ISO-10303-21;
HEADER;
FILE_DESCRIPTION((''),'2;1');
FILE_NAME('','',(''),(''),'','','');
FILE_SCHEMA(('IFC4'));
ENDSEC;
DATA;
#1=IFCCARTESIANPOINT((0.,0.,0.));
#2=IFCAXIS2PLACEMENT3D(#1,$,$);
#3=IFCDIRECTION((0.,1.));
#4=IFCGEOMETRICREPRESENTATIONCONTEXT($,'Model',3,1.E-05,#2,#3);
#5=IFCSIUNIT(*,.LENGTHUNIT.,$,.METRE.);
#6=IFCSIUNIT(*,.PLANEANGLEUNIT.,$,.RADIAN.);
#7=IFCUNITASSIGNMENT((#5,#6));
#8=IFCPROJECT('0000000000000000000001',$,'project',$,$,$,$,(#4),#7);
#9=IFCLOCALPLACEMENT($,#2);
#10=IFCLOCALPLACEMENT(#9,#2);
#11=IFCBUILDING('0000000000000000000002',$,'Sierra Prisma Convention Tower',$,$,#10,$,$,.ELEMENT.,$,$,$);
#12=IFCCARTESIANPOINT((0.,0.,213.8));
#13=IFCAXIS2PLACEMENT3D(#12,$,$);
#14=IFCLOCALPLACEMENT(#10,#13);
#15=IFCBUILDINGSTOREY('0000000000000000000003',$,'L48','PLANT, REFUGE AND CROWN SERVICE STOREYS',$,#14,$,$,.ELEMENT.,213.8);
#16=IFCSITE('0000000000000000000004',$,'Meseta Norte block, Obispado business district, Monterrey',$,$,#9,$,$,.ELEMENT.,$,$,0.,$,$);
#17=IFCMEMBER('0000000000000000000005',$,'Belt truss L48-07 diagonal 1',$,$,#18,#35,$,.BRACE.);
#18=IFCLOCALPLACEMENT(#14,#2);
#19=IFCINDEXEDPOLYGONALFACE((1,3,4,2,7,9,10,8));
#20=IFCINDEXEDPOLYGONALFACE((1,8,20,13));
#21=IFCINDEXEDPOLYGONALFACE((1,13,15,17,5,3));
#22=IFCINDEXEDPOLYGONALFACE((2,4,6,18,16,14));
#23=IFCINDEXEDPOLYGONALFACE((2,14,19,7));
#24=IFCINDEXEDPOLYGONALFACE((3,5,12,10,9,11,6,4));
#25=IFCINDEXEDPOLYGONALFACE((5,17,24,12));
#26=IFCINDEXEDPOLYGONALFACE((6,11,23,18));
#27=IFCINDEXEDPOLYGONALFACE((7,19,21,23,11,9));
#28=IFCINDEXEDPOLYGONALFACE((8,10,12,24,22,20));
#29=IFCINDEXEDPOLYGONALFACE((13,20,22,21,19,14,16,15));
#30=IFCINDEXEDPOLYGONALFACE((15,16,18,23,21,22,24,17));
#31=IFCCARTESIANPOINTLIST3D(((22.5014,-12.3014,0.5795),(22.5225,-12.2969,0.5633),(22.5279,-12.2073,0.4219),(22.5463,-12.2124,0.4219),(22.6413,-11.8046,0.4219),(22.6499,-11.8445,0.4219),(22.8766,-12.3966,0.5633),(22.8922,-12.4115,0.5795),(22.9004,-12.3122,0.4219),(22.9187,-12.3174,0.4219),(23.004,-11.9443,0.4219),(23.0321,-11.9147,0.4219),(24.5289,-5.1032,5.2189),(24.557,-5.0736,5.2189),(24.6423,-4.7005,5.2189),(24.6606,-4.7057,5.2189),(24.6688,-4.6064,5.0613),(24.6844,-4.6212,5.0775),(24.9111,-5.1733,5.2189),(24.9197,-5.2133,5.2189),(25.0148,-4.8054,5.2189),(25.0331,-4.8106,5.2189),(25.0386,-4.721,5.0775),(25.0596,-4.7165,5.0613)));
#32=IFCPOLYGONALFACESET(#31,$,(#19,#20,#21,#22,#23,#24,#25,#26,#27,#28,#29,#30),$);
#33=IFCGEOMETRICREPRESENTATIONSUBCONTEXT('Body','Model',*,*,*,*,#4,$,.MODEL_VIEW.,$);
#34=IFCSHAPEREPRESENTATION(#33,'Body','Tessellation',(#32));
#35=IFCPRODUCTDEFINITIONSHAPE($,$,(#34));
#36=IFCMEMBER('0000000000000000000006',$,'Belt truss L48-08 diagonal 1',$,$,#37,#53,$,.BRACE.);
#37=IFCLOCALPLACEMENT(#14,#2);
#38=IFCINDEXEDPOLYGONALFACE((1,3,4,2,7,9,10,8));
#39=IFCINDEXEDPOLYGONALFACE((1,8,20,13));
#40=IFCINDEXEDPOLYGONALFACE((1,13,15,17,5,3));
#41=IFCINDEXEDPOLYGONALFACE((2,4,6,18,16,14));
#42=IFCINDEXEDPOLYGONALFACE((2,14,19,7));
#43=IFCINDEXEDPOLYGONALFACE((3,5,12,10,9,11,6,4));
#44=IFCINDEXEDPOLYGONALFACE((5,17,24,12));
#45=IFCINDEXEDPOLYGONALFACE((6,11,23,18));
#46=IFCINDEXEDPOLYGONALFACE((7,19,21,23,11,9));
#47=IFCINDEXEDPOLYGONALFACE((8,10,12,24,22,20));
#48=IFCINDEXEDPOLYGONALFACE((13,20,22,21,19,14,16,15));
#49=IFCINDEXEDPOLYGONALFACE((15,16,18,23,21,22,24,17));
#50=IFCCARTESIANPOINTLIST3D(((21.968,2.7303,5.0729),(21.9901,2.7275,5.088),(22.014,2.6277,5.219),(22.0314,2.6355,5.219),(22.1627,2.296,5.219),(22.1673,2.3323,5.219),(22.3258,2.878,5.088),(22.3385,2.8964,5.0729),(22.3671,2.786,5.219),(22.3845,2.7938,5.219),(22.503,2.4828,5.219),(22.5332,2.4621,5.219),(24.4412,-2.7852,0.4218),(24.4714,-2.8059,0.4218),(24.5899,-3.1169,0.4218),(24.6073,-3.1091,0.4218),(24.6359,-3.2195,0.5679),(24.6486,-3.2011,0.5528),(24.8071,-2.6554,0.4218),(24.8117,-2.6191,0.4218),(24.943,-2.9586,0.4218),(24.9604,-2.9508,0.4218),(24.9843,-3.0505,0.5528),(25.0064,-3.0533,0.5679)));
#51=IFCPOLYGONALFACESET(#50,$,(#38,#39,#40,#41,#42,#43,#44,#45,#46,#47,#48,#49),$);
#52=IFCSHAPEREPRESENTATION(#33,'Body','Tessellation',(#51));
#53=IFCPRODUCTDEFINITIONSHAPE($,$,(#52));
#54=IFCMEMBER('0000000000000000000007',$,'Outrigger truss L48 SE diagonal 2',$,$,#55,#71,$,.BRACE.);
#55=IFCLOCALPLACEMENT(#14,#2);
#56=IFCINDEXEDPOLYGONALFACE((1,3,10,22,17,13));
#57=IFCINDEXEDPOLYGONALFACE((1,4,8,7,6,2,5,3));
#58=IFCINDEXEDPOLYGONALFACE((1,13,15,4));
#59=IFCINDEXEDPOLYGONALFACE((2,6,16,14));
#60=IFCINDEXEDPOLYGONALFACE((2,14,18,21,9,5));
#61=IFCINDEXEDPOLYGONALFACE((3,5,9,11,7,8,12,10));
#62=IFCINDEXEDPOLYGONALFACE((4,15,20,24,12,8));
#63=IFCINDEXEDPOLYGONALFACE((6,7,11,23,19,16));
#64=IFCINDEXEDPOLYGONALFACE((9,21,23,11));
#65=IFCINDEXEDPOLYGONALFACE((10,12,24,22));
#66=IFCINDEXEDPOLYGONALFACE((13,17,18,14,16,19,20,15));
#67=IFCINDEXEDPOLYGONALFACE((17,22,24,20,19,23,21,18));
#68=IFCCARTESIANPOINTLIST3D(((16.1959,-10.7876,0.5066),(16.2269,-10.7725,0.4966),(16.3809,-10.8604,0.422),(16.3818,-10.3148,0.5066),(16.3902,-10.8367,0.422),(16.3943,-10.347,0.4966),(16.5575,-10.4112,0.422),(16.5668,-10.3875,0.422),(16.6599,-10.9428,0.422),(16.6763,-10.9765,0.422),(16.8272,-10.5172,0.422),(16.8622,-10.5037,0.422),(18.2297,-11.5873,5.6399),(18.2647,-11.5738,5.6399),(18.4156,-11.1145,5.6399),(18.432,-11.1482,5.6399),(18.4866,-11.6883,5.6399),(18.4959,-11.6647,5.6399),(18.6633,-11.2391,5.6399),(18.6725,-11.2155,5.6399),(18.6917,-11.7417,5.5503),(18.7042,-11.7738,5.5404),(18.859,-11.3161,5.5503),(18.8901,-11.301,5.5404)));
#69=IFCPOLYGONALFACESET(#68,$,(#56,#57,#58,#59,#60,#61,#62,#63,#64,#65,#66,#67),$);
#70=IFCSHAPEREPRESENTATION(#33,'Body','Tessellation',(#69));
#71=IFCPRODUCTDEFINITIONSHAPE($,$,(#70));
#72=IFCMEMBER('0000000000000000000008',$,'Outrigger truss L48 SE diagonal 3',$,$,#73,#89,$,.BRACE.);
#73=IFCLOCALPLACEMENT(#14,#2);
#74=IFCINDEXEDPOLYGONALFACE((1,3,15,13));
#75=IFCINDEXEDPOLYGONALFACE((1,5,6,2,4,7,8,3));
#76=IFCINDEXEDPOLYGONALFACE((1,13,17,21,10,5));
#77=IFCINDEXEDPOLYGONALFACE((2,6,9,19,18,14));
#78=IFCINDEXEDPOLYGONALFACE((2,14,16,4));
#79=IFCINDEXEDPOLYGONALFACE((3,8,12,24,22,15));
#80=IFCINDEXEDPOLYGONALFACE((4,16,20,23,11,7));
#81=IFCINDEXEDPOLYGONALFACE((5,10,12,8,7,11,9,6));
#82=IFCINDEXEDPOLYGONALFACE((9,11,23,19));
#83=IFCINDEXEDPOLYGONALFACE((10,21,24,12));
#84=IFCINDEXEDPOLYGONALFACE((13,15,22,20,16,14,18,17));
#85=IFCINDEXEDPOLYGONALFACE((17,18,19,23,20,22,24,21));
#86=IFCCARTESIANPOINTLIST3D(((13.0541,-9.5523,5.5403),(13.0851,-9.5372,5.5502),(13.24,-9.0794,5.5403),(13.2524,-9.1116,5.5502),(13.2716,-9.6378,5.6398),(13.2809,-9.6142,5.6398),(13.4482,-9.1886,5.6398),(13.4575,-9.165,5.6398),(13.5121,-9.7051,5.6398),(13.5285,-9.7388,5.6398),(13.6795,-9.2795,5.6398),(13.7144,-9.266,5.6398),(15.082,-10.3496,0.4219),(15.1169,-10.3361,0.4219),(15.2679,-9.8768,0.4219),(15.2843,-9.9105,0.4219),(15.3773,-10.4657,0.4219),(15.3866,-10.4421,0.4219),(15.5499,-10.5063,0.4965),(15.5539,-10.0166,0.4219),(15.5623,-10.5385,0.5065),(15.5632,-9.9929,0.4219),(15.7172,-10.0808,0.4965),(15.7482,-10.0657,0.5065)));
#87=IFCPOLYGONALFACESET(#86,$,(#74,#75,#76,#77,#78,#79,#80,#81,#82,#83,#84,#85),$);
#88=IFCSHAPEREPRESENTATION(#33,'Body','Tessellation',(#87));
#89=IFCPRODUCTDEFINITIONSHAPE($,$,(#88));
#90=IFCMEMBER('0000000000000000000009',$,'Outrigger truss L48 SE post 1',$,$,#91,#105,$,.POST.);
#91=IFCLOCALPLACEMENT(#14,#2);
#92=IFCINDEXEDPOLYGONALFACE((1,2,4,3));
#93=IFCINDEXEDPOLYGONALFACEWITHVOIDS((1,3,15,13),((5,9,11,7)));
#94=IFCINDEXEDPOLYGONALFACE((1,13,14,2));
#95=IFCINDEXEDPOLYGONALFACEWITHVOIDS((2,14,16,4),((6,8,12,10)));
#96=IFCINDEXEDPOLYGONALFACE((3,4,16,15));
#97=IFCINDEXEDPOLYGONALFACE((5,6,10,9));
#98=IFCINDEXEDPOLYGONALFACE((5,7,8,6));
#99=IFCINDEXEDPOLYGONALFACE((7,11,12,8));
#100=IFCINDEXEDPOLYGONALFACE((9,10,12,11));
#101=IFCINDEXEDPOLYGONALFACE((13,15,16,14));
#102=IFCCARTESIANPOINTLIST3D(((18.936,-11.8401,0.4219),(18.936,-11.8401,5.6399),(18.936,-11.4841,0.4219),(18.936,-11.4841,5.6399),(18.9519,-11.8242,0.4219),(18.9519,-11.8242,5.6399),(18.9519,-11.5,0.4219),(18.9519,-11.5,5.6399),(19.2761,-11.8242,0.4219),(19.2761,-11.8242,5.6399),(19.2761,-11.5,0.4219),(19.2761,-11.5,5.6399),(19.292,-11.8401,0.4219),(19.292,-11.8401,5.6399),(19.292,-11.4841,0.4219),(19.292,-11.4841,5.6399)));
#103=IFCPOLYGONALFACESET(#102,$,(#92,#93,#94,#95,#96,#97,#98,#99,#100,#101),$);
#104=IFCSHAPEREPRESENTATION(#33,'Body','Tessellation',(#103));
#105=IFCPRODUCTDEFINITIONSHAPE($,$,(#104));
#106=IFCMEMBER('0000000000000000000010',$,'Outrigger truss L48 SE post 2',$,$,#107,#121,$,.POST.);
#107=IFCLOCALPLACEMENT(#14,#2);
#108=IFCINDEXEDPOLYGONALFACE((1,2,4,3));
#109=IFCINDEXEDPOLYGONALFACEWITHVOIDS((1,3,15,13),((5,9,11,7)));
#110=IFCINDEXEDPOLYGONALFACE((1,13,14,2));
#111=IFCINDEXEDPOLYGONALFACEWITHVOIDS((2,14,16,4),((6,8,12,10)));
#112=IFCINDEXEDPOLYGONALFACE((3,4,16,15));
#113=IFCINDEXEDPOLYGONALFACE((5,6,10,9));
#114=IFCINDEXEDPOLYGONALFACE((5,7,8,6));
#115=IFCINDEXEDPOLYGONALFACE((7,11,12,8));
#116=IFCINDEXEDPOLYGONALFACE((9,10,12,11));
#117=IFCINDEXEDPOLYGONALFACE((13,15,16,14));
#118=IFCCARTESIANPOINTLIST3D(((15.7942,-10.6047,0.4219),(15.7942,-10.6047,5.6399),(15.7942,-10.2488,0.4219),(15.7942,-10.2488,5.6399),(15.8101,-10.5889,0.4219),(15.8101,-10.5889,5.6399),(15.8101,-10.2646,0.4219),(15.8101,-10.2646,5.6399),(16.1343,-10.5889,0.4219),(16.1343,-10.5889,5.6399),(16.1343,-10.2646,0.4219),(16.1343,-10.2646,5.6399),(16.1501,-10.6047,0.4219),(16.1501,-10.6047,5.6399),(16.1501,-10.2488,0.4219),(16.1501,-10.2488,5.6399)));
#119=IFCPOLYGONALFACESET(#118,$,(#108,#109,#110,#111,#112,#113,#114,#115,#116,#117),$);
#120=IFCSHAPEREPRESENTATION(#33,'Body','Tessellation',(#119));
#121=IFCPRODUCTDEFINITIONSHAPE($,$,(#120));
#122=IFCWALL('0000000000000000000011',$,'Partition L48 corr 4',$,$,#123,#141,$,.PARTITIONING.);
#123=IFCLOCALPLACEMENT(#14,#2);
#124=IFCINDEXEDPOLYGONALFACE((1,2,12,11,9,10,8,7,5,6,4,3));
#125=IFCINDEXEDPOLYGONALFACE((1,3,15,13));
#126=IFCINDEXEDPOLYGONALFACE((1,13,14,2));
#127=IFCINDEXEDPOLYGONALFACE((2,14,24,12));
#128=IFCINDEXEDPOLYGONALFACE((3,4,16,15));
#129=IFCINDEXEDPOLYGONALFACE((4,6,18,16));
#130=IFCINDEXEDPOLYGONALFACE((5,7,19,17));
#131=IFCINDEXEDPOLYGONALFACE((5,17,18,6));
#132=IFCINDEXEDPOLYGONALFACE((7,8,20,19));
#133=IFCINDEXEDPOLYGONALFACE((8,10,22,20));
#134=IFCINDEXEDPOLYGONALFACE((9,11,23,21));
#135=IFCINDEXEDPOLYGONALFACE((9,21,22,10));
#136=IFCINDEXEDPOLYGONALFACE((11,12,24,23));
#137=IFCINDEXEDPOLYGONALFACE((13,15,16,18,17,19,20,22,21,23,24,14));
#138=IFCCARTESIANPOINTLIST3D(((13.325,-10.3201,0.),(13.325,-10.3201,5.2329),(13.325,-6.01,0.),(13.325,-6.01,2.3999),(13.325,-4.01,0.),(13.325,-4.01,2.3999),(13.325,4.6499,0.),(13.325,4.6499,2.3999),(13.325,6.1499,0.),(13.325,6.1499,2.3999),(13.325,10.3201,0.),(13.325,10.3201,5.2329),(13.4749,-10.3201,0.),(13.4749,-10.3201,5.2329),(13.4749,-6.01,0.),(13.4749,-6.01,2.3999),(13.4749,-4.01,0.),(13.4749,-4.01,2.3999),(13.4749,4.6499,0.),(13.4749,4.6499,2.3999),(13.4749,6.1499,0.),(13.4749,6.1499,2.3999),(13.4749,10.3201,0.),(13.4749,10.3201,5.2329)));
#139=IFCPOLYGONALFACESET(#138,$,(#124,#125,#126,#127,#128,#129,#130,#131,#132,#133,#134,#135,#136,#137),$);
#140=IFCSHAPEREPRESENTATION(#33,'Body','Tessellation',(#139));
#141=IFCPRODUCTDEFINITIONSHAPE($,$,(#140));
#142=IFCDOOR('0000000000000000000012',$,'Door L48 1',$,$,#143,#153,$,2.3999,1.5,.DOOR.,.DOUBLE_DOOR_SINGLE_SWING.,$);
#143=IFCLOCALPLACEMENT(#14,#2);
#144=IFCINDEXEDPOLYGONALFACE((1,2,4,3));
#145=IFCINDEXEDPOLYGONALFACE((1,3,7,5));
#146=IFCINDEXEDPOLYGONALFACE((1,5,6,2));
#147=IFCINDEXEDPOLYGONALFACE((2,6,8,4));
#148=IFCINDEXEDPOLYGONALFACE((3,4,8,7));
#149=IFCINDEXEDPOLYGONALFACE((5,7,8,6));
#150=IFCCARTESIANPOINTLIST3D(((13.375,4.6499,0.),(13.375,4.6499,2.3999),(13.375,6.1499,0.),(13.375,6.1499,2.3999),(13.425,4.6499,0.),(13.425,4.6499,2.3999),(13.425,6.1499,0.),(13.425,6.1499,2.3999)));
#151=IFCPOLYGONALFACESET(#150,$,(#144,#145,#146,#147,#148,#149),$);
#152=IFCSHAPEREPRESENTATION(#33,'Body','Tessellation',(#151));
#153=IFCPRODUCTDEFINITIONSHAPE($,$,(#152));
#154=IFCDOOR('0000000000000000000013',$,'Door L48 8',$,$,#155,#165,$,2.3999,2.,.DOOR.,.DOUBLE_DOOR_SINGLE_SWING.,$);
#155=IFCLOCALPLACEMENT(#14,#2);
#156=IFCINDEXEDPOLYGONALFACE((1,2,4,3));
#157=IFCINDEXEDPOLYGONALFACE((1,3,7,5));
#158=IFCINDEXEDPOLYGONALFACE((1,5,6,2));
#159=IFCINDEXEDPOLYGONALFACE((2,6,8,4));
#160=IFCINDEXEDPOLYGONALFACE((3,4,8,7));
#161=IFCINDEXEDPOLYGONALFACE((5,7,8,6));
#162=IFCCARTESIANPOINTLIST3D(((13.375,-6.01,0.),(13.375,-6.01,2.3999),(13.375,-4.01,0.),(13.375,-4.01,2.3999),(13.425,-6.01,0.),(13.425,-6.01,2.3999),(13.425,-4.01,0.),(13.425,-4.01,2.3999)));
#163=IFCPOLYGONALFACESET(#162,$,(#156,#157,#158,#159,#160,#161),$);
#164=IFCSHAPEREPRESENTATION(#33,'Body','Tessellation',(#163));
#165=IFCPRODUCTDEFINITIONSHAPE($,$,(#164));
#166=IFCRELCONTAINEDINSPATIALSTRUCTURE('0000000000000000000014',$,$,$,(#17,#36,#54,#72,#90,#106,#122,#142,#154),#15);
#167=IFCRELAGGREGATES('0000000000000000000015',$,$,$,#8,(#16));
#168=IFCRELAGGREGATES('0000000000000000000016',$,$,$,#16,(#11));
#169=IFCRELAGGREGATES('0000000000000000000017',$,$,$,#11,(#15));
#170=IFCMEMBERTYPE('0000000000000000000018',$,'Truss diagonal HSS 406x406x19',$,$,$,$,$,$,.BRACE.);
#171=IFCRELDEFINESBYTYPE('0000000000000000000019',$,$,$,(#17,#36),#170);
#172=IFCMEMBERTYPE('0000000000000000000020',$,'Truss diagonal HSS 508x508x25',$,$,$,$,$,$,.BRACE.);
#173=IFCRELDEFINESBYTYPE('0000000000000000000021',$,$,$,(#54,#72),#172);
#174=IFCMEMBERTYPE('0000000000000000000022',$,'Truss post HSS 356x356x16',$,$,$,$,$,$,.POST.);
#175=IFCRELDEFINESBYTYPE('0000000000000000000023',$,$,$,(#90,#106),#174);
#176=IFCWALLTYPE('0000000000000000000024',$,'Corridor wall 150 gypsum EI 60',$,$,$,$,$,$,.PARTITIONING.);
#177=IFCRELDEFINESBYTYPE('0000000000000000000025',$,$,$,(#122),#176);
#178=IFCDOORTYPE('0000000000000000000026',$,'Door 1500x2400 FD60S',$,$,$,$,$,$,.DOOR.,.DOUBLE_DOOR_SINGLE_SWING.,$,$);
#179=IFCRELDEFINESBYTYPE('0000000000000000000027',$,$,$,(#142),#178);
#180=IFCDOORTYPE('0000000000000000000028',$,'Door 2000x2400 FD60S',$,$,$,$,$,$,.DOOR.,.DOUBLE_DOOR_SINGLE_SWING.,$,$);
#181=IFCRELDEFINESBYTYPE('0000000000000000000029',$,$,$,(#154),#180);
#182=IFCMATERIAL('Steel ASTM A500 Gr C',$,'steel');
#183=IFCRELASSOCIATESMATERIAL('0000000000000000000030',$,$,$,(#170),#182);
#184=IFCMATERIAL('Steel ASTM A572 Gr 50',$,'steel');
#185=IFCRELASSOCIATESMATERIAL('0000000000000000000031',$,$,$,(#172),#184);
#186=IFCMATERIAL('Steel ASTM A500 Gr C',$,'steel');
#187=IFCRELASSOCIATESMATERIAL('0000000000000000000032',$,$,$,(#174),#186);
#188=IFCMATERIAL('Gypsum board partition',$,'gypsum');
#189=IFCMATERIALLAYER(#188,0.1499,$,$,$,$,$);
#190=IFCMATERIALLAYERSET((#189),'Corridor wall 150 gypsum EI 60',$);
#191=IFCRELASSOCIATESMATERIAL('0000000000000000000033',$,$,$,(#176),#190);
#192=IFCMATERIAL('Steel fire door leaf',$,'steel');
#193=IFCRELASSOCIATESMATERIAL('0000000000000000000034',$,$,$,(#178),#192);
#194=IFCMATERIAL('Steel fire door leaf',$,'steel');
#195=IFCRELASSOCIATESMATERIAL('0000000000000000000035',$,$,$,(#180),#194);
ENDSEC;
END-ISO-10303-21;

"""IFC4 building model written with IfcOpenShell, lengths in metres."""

from ifc_helpers import new_model, si_unit, direction, frame, frame_2d, origin, origin_2d, place, context, subcontext, project, spatial, rectangle, hollow_rectangle, extrude, clip, halfspace, material, layer, layer_set, material_profile, profile_set, type_object, element, fill, save


model = new_model("IFC4")

# Units and contexts
model_context = context("Model", 3, precision=1e-05, world=origin(), true_north=direction((0.0, 1.0)))
body_context = subcontext(model_context, "Body", "Model", "MODEL_VIEW")
ifc_project = project(units=[si_unit("LENGTHUNIT", "METRE"), si_unit("PLANEANGLEUNIT", "RADIAN")], contexts=[model_context])

# Site, building, storey
site_placement = place(None, origin())
site = spatial("IfcSite", under=ifc_project, at=site_placement, Name="Meseta Norte block, Obispado business district, Monterrey", CompositionType="ELEMENT", RefElevation=0.0)
building_placement = place(site_placement, origin())
building = spatial("IfcBuilding", under=site, at=building_placement, Name="Sierra Prisma Convention Tower", CompositionType="ELEMENT")
storey_placement = place(building_placement, frame((0.0, 0.0, 213.8)))
storey = spatial("IfcBuildingStorey", under=building, at=storey_placement, Name="L48", Description="PLANT, REFUGE AND CROWN SERVICE STOREYS", CompositionType="ELEMENT", Elevation=213.8)

# Members
ifc_material_1 = material(Name="Steel ASTM A500 Gr C", Category="steel")
ifc_material_profile_1 = material_profile(ifc_material_1, hollow_rectangle(XDim=0.406, YDim=0.406, WallThickness=0.019, at=origin_2d()), Name="Truss diagonal HSS 406x406x19")
ifc_profile_set_1 = profile_set([ifc_material_profile_1], Name="Steel ASTM A500 Gr C")
member_type_1 = type_object("IfcMemberType", Name="Truss diagonal HSS 406x406x19", PredefinedType="BRACE", material=ifc_profile_set_1)
member_1_placement = place(storey_placement, frame((22.7258, -12.2534, 0.407), z_axis=(0.23038, 0.817928, 0.52718), x_axis=(-0.962547, 0.271114, 0.0)))
element("IfcMember", 1, at=member_1_placement, inside=storey, type_object=member_type_1, Name="Belt truss L48-07 diagonal 1", PredefinedType="BRACE", context=body_context, shape_type="SweptSolid", body=[
    clip(clip(extrude(hollow_rectangle(XDim=0.406, YDim=0.406, WallThickness=0.019, at=origin_2d()), origin(), (0.0, 0.0, 1.0), 9.156), halfspace(frame((0.0, 0.0127, 0.0078), z_axis=(0.0, 0.849753, 0.52718), x_axis=(1.0, 0.0, 0.0)), True)), halfspace(frame((0.0002, -0.0127, 9.1482), z_axis=(0.0, -0.849753, -0.52718), x_axis=(1.0, 0.0, 0.0)), True)),
])
member_2_placement = place(storey_placement, frame((24.7705, -3.0234, 0.407), z_axis=(-0.324271, 0.723155, 0.609832), x_axis=(-0.912463, -0.409159, 0.0)))
element("IfcMember", 2, at=member_2_placement, inside=storey, type_object=member_type_1, Name="Belt truss L48-08 diagonal 1", PredefinedType="BRACE", context=body_context, shape_type="SweptSolid", body=[
    clip(clip(extrude(hollow_rectangle(XDim=0.406, YDim=0.406, WallThickness=0.019, at=origin_2d()), origin(), (0.0, 0.0, 1.0), 7.915), halfspace(frame((0.0, 0.0117, 0.009), z_axis=(0.0, 0.792531, 0.609832), x_axis=(1.0, 0.0, 0.0)), True)), halfspace(frame((0.0, -0.0117, 7.906), z_axis=(0.0, -0.792531, -0.609832), x_axis=(1.0, 0.0, 0.0)), True)),
])
ifc_material_2 = material(Name="Steel ASTM A572 Gr 50", Category="steel")
ifc_material_profile_2 = material_profile(ifc_material_2, hollow_rectangle(XDim=0.5081, YDim=0.5081, WallThickness=0.0254, at=origin_2d()), Name="Truss diagonal HSS 508x508x25")
ifc_profile_set_2 = profile_set([ifc_material_profile_2], Name="Steel ASTM A572 Gr 50")
member_type_2 = type_object("IfcMemberType", Name="Truss diagonal HSS 508x508x25", PredefinedType="BRACE", material=ifc_profile_set_2)
member_3_placement = place(storey_placement, frame((18.5796, -11.4519, 5.6399), z_axis=(-0.364534, 0.143333, -0.920093), x_axis=(-0.365924, -0.930645, 0.0)))
element("IfcMember", 3, at=member_3_placement, inside=storey, type_object=member_type_2, Name="Outrigger truss L48 SE diagonal 2", PredefinedType="BRACE", context=body_context, shape_type="SweptSolid", body=[
    clip(clip(extrude(hollow_rectangle(XDim=0.5081, YDim=0.5081, WallThickness=0.0254, at=origin_2d()), origin(), (0.0, 0.0, 1.0), 5.6873), halfspace(frame((0.0, 0.0, 0.0), z_axis=(0.0, -0.391701, 0.920093), x_axis=(1.0, 0.0, 0.0)), True)), halfspace(frame((0.0, 0.0059, 5.6736), z_axis=(0.0, 0.391701, -0.920093), x_axis=(1.0, 0.0, 0.0)), True)),
])
member_4_placement = place(storey_placement, frame((15.4377, -10.2166, 0.407), z_axis=(-0.364534, 0.143333, 0.920093), x_axis=(-0.365924, -0.930645, 0.0)))
element("IfcMember", 4, at=member_4_placement, inside=storey, type_object=member_type_2, Name="Outrigger truss L48 SE diagonal 3", PredefinedType="BRACE", context=body_context, shape_type="SweptSolid", body=[
    clip(clip(extrude(hollow_rectangle(XDim=0.5081, YDim=0.5081, WallThickness=0.0254, at=origin_2d()), origin(), (0.0, 0.0, 1.0), 5.6873), halfspace(frame((0.0, 0.0059, 0.0137), z_axis=(0.0, 0.391701, 0.920093), x_axis=(1.0, 0.0, 0.0)), True)), halfspace(frame((0.0, 0.0, 5.6873), z_axis=(0.0, -0.391701, -0.920093), x_axis=(1.0, 0.0, 0.0)), True)),
])
ifc_material_3 = material(Name="Steel ASTM A500 Gr C", Category="steel")
ifc_material_profile_3 = material_profile(ifc_material_3, hollow_rectangle(XDim=0.356, YDim=0.356, WallThickness=0.0159, at=origin_2d()), Name="Truss post HSS 356x356x16")
ifc_profile_set_3 = profile_set([ifc_material_profile_3], Name="Steel ASTM A500 Gr C")
member_type_3 = type_object("IfcMemberType", Name="Truss post HSS 356x356x16", PredefinedType="POST", material=ifc_profile_set_3)
for number, where, z_axis, x_axis, name in (
    (5, (19.114, -11.6621, 0.4219), (0.0, 0.0, 1.0), (1.0, 0.0, 0.0), "Outrigger truss L48 SE post 1"),
    (6, (15.9722, -10.4268, 0.4219), (0.0, 0.0, 1.0), (1.0, 0.0, 0.0), "Outrigger truss L48 SE post 2"),
):
    element("IfcMember", number, at=place(storey_placement, frame(where, z_axis=z_axis, x_axis=x_axis)), inside=storey, type_object=member_type_3, Name=name, PredefinedType="POST", context=body_context, shape_type="SweptSolid", body=[
        extrude(hollow_rectangle(XDim=0.356, YDim=0.356, WallThickness=0.0159, at=origin_2d()), origin(), (0.0, 0.0, 1.0), 5.218),
    ])

# Wall, openings, doors
ifc_material_4 = material(Name="Gypsum board partition", Category="gypsum")
ifc_layer_1 = layer(ifc_material_4, 0.1499)
ifc_layer_set_1 = layer_set([ifc_layer_1], Name="Corridor wall 150 gypsum EI 60")
wall_type_1 = type_object("IfcWallType", Name="Corridor wall 150 gypsum EI 60", PredefinedType="PARTITIONING", material=ifc_layer_set_1)
wall_1_placement = place(storey_placement, frame((13.3999, -10.3201, 0.0), z_axis=(0.0, 0.0, 1.0), x_axis=(0.0, 1.0, 0.0)))
wall_1 = element("IfcWall", 7, at=wall_1_placement, inside=storey, type_object=wall_type_1, Name="Partition L48 corr 4", PredefinedType="PARTITIONING", context=body_context, shape_type="SweptSolid", body=[
    extrude(rectangle(XDim=20.6401, YDim=0.1499, at=frame_2d((10.3201, 0.0))), origin(), (0.0, 0.0, 1.0), 5.2329),
])
opening_1_placement = place(wall_1_placement, frame((14.97, 0.0, 0.0)))
opening_1 = element("IfcOpeningElement", 8, at=opening_1_placement, cuts=wall_1, PredefinedType="OPENING", context=body_context, shape_type="SweptSolid", body=[
    extrude(rectangle(XDim=1.5, YDim=2.3999, at=frame_2d((0.75, 1.2))), frame((0.0, 0.075, 0.0), z_axis=(0.0, -1.0, 0.0), x_axis=(1.0, 0.0, 0.0)), (0.0, 0.0, 1.0), 0.1499),
])
opening_2_placement = place(wall_1_placement, frame((4.3101, 0.0, 0.0)))
opening_2 = element("IfcOpeningElement", 9, at=opening_2_placement, cuts=wall_1, PredefinedType="OPENING", context=body_context, shape_type="SweptSolid", body=[
    extrude(rectangle(XDim=2.0, YDim=2.3999, at=frame_2d((1.0, 1.2))), frame((0.0, 0.075, 0.0), z_axis=(0.0, -1.0, 0.0), x_axis=(1.0, 0.0, 0.0)), (0.0, 0.0, 1.0), 0.1499),
])
ifc_material_5 = material(Name="Steel fire door leaf", Category="steel")
door_type_1 = type_object("IfcDoorType", Name="Door 1500x2400 FD60S", OperationType="DOUBLE_DOOR_SINGLE_SWING", PredefinedType="DOOR", material=ifc_material_5)
door_1_placement = place(opening_1_placement, origin())
door_1 = element("IfcDoor", 10, at=door_1_placement, inside=storey, type_object=door_type_1, Name="Door L48 1", OperationType="DOUBLE_DOOR_SINGLE_SWING", OverallHeight=2.3999, OverallWidth=1.5, PredefinedType="DOOR", context=body_context, shape_type="SweptSolid", body=[
    extrude(rectangle(XDim=1.5, YDim=2.3999, at=frame_2d((0.75, 1.2))), frame((0.0, 0.0249, 0.0), z_axis=(0.0, -1.0, 0.0), x_axis=(1.0, 0.0, 0.0)), (0.0, 0.0, 1.0), 0.05),
])
fill(opening_1, door_1)
ifc_material_6 = material(Name="Steel fire door leaf", Category="steel")
door_type_2 = type_object("IfcDoorType", Name="Door 2000x2400 FD60S", OperationType="DOUBLE_DOOR_SINGLE_SWING", PredefinedType="DOOR", material=ifc_material_6)
door_2_placement = place(opening_2_placement, origin())
door_2 = element("IfcDoor", 11, at=door_2_placement, inside=storey, type_object=door_type_2, Name="Door L48 8", OperationType="DOUBLE_DOOR_SINGLE_SWING", OverallHeight=2.3999, OverallWidth=2.0, PredefinedType="DOOR", context=body_context, shape_type="SweptSolid", body=[
    extrude(rectangle(XDim=2.0, YDim=2.3999, at=frame_2d((1.0, 1.2))), frame((0.0, 0.0249, 0.0), z_axis=(0.0, -1.0, 0.0), x_axis=(1.0, 0.0, 0.0)), (0.0, 0.0, 1.0), 0.05),
])
fill(opening_2, door_2)

save(model, "model.ifc")
